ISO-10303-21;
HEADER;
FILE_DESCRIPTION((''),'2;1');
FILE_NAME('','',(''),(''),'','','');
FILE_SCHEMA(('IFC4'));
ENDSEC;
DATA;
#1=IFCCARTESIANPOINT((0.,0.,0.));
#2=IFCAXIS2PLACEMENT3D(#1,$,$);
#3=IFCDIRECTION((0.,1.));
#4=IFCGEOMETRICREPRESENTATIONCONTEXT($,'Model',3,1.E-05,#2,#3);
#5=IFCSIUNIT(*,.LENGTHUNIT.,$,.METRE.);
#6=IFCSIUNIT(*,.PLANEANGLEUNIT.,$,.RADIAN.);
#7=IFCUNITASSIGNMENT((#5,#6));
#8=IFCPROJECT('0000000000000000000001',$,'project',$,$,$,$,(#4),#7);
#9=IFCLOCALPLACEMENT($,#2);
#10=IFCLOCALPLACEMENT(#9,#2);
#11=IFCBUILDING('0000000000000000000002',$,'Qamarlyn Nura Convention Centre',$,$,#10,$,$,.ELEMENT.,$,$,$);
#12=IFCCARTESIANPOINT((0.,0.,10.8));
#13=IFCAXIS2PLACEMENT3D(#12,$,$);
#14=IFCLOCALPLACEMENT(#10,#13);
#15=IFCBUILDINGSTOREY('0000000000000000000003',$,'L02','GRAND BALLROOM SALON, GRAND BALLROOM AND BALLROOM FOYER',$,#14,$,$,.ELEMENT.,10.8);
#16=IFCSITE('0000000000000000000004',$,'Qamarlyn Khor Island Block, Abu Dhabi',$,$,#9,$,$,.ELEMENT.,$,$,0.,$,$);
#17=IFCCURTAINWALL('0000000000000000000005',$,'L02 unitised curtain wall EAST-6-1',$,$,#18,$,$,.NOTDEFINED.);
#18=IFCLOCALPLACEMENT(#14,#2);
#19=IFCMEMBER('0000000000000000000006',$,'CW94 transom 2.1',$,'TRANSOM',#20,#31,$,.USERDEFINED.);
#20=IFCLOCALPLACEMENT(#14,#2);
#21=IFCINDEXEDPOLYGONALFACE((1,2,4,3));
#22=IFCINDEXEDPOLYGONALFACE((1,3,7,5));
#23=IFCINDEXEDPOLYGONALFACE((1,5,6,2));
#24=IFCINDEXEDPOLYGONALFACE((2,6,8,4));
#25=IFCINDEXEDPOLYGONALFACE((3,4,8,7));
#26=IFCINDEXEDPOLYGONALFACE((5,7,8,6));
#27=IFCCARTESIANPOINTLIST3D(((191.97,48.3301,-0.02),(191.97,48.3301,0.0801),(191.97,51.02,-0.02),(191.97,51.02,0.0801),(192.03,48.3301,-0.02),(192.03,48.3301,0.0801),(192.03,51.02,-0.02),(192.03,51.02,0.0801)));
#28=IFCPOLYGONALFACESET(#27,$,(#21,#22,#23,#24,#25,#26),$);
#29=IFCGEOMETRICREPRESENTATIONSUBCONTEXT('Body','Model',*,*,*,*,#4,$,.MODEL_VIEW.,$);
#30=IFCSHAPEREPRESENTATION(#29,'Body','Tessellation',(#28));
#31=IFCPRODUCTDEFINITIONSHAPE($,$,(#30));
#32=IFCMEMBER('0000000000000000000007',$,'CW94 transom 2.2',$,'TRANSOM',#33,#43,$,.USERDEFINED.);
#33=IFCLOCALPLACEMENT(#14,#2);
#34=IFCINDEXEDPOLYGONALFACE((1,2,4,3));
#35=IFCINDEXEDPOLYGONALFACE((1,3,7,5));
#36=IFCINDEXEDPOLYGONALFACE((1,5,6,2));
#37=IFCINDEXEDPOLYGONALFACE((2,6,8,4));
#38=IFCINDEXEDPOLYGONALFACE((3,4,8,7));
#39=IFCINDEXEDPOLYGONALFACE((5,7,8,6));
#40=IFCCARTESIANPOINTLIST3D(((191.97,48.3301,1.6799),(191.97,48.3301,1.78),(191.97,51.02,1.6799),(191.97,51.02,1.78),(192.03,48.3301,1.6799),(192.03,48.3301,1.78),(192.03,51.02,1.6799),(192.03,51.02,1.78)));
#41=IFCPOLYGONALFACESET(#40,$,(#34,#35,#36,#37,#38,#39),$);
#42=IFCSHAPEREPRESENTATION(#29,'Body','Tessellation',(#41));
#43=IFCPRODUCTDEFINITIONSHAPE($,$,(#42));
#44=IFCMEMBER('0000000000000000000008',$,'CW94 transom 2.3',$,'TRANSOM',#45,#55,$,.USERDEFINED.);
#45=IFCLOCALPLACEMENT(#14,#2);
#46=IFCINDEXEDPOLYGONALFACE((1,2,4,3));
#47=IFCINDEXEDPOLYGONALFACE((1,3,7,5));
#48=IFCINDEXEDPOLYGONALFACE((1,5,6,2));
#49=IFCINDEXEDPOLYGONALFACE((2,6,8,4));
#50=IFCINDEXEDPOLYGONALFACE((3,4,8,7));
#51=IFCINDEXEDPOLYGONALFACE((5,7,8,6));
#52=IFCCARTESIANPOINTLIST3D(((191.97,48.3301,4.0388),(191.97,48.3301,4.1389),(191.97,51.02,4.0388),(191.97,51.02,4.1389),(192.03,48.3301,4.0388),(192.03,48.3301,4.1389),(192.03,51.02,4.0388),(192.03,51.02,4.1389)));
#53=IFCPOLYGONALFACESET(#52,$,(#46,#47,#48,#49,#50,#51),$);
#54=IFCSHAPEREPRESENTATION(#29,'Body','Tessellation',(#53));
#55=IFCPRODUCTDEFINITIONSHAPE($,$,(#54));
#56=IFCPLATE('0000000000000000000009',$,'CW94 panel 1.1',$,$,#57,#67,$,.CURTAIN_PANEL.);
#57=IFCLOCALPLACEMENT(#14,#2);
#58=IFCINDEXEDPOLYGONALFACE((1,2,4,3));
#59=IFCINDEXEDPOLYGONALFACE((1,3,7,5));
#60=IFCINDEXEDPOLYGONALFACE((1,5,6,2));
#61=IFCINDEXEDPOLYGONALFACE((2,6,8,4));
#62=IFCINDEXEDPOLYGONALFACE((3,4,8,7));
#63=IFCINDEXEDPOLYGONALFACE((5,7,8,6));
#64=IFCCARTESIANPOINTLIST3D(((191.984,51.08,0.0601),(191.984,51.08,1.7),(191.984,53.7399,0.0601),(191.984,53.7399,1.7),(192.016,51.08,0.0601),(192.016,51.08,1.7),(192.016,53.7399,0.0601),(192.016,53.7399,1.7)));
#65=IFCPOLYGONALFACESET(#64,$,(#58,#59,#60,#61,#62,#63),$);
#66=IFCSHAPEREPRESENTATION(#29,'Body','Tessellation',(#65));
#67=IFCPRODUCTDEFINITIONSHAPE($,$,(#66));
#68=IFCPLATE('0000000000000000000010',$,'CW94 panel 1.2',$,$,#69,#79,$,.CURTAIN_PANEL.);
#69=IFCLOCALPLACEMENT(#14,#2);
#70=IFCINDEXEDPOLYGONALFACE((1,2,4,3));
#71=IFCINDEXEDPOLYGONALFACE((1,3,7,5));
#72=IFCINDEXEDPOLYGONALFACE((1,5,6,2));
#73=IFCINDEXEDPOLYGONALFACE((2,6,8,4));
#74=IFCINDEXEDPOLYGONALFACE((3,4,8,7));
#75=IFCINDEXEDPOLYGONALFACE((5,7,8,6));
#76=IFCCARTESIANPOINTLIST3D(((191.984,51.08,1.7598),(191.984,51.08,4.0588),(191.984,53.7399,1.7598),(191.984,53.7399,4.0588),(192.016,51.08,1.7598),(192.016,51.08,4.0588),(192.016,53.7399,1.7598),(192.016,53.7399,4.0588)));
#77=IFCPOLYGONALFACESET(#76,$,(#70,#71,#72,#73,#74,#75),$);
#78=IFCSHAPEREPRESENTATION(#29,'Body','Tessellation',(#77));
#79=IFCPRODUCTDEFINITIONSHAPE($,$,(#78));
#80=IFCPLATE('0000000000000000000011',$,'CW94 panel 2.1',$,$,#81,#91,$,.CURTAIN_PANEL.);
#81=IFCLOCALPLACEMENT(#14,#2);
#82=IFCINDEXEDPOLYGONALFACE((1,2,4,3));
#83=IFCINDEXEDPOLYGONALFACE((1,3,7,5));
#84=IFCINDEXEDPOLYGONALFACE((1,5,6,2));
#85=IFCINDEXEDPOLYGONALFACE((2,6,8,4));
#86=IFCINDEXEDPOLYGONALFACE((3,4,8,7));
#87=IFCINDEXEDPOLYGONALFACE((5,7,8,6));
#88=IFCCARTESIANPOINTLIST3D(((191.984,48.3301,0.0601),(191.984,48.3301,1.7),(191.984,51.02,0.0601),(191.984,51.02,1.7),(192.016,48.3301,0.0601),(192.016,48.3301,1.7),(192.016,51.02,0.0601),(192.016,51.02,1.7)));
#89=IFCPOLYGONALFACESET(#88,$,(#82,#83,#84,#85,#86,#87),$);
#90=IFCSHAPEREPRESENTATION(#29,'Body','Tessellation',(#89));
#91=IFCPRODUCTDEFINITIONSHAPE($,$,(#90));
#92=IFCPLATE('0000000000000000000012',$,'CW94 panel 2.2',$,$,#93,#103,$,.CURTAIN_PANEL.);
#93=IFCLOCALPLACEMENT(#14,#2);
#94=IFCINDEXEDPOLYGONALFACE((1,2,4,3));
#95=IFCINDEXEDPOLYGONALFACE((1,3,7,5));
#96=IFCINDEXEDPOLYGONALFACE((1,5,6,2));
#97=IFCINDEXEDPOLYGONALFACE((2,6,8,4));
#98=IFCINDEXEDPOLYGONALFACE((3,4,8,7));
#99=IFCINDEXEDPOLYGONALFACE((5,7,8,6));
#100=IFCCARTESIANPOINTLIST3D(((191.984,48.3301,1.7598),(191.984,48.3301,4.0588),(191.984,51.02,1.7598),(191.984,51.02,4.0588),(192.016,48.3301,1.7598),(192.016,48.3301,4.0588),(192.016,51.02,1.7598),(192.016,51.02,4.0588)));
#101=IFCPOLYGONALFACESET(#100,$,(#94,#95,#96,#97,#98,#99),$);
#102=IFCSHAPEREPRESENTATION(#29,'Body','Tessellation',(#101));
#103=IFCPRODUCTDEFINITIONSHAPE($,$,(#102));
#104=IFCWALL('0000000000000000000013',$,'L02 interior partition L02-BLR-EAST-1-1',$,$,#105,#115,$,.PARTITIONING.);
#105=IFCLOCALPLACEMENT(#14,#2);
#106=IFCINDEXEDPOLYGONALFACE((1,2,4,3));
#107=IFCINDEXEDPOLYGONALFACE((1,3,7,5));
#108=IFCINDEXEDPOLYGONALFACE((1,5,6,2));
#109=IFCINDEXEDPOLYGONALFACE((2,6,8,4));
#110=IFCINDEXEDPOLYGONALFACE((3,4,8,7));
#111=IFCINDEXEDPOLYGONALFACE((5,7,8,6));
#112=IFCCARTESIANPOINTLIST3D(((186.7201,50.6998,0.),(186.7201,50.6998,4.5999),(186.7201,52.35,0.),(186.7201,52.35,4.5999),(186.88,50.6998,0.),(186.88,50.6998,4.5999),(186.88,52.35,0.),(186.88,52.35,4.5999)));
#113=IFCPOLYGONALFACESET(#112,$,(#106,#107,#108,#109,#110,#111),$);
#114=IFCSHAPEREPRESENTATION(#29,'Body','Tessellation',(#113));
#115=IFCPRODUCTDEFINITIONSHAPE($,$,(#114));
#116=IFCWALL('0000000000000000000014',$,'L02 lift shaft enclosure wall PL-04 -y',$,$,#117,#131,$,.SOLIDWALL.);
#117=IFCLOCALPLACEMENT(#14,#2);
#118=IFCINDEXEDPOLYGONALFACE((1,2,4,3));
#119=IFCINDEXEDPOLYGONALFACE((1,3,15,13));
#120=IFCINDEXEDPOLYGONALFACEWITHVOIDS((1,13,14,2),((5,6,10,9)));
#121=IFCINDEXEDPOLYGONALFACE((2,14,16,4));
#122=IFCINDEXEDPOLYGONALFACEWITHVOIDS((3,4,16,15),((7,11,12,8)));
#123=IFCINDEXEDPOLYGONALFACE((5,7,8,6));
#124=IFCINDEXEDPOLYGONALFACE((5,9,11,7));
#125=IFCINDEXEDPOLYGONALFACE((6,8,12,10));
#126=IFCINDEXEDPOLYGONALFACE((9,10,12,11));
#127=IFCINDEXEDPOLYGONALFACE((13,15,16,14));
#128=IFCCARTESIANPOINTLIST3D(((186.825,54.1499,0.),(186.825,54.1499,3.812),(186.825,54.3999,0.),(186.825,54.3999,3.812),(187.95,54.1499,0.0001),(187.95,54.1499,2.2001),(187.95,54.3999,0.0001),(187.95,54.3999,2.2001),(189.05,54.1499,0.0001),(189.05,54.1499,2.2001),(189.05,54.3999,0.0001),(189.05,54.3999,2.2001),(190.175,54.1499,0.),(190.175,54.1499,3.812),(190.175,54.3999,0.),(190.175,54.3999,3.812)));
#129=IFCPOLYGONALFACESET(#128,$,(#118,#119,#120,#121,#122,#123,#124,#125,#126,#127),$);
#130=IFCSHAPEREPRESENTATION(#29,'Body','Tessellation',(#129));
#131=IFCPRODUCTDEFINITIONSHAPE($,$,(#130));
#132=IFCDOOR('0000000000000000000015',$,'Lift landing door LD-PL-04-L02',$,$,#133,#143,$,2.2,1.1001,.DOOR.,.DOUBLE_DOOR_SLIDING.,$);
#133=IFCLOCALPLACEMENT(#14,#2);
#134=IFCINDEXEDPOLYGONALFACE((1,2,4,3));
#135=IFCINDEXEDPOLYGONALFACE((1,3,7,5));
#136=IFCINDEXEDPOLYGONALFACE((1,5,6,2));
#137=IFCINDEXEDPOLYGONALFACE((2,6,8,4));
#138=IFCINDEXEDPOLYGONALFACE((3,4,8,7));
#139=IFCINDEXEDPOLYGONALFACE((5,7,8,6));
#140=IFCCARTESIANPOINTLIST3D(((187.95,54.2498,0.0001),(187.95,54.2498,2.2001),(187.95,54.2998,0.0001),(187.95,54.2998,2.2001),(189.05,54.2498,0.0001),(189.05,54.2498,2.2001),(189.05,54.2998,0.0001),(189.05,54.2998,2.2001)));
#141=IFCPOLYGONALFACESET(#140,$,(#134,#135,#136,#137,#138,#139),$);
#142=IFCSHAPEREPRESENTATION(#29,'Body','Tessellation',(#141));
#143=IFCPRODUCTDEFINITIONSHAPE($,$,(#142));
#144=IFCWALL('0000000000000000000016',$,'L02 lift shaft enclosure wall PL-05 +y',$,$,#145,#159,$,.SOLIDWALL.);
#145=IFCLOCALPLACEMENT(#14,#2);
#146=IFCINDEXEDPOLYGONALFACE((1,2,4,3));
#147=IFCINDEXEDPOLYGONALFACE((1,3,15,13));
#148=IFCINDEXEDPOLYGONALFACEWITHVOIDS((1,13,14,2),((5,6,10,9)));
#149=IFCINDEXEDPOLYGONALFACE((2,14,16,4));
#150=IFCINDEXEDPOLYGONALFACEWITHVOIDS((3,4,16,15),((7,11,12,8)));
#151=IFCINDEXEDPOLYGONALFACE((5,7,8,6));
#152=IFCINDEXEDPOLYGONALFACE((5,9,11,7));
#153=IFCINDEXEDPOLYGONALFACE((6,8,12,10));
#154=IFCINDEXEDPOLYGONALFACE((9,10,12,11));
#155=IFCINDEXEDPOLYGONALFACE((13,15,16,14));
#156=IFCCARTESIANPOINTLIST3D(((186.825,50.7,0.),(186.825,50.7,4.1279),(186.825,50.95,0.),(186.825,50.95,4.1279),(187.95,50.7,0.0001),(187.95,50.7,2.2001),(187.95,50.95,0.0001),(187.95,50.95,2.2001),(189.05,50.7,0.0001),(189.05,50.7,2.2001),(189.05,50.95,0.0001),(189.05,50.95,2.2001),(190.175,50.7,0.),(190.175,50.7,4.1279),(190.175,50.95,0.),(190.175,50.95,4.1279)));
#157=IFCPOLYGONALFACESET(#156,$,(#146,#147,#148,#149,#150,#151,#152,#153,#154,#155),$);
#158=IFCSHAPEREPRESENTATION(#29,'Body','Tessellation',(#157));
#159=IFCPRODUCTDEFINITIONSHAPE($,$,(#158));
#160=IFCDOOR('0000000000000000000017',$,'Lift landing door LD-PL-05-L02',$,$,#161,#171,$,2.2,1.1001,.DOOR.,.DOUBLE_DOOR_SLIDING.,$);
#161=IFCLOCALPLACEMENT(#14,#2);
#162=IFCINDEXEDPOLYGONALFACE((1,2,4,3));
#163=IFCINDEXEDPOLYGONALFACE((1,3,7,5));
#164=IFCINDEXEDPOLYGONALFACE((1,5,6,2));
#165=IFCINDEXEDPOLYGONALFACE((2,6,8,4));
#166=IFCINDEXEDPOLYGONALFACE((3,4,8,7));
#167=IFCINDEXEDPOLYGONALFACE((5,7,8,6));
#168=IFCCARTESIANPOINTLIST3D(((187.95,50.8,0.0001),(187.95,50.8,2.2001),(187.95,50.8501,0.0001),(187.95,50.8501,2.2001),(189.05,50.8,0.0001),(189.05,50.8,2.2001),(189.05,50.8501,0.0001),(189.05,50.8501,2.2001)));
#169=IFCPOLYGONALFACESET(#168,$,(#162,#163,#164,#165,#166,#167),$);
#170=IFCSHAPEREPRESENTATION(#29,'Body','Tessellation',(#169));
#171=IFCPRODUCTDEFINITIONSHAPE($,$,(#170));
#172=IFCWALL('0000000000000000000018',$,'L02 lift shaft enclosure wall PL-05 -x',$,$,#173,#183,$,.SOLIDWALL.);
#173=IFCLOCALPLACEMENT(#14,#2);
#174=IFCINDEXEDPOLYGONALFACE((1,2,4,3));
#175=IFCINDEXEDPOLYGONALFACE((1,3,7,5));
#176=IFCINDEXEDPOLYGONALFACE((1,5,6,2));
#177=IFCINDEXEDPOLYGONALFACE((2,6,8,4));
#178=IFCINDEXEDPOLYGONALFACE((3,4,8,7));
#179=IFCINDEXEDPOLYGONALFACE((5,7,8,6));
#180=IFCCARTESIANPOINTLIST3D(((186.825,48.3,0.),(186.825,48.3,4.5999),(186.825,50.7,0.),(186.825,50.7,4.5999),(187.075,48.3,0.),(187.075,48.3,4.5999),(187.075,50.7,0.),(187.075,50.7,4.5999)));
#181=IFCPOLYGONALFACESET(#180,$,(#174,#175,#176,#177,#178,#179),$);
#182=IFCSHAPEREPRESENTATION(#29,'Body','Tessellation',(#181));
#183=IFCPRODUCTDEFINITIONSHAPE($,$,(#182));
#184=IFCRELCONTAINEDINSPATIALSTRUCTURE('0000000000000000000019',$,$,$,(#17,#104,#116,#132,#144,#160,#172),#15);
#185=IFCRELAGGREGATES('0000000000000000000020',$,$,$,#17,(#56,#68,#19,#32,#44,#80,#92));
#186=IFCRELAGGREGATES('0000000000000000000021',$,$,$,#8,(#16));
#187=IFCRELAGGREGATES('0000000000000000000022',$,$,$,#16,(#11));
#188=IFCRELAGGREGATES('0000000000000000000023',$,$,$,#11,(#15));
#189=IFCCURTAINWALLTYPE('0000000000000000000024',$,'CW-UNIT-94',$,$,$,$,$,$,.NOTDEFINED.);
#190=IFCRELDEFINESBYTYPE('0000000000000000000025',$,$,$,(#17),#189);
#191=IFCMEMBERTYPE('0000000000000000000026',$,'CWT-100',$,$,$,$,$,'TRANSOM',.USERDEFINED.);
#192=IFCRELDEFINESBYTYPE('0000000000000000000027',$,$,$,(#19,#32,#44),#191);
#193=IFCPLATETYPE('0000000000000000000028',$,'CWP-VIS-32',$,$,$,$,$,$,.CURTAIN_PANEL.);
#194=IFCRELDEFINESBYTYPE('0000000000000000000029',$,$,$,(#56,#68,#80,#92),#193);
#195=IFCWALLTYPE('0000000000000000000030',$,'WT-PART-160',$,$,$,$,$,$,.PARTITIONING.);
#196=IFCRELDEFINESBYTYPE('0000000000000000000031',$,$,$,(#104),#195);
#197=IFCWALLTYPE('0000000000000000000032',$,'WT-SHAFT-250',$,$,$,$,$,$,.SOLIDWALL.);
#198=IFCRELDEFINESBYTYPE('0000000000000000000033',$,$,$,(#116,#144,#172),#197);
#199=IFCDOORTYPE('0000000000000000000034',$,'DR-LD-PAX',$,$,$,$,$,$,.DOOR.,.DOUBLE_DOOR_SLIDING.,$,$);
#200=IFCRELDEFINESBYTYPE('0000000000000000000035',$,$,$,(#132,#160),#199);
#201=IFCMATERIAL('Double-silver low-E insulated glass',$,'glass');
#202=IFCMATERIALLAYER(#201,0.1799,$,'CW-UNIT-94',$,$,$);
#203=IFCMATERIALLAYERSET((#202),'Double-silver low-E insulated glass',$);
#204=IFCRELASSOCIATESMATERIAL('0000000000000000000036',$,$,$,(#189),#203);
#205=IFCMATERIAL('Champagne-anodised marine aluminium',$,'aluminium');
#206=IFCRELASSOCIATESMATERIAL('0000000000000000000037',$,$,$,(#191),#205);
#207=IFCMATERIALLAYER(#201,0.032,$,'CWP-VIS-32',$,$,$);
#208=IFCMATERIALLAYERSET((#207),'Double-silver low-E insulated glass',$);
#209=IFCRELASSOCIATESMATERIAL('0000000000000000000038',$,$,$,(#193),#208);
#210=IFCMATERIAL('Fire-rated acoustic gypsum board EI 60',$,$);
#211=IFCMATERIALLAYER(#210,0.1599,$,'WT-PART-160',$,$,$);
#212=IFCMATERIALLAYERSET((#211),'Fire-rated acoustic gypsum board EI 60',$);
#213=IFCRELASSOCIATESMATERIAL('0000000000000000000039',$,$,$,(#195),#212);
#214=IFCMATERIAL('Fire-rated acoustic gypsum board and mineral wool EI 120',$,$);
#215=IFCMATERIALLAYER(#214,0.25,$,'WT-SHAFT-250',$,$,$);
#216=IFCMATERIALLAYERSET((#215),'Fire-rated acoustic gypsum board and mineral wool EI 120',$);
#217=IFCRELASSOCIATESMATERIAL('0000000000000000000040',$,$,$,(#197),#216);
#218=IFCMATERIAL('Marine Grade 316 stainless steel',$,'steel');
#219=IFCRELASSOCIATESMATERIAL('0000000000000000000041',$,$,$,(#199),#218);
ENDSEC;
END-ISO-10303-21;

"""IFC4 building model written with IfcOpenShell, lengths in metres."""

from ifc_helpers import new_model, si_unit, direction, frame, frame_2d, origin, origin_2d, place, context, subcontext, project, spatial, rectangle, extrude, material, layer, layer_set, material_profile, profile_set, type_object, element, fill, aggregate, save


model = new_model("IFC4")

# Units and contexts
model_context = context("Model", 3, precision=1e-05, world=origin(), true_north=direction((0.0, 1.0)))
body_context = subcontext(model_context, "Body", "Model", "MODEL_VIEW")
ifc_project = project(units=[si_unit("LENGTHUNIT", "METRE"), si_unit("PLANEANGLEUNIT", "RADIAN")], contexts=[model_context])

# Site, building, storey
site_placement = place(None, origin())
site = spatial("IfcSite", under=ifc_project, at=site_placement, Name="Qamarlyn Khor Island Block, Abu Dhabi", CompositionType="ELEMENT", RefElevation=0.0)
building_placement = place(site_placement, origin())
building = spatial("IfcBuilding", under=site, at=building_placement, Name="Qamarlyn Nura Convention Centre", CompositionType="ELEMENT")
storey_placement = place(building_placement, frame((0.0, 0.0, 10.8)))
storey = spatial("IfcBuildingStorey", under=building, at=storey_placement, Name="L02", Description="GRAND BALLROOM SALON, GRAND BALLROOM AND BALLROOM FOYER", CompositionType="ELEMENT", Elevation=10.8)

# Curtain wall, members, plates
ifc_material_1 = material(Name="Double-silver low-E insulated glass", Category="glass")
ifc_layer_1 = layer(ifc_material_1, 0.1799, Name="CW-UNIT-94")
ifc_layer_set_1 = layer_set([ifc_layer_1], Name="Double-silver low-E insulated glass")
curtain_wall_type = type_object("IfcCurtainWallType", Name="CW-UNIT-94", PredefinedType="NOTDEFINED", material=ifc_layer_set_1)
curtain_wall_placement = place(storey_placement, origin())
curtain_wall = element("IfcCurtainWall", 1, at=curtain_wall_placement, inside=storey, type_object=curtain_wall_type, Name="L02 unitised curtain wall EAST-6-1", PredefinedType="NOTDEFINED")
ifc_material_2 = material(Name="Champagne-anodised marine aluminium", Category="aluminium")
ifc_material_profile_1 = material_profile(ifc_material_2, rectangle(XDim=0.0601, YDim=0.1001, at=origin_2d()), Name="ALU TRANSOM 60x100")
ifc_profile_set_1 = profile_set([ifc_material_profile_1], Name="Champagne-anodised marine aluminium")
member_type_1 = type_object("IfcMemberType", Name="CWT-100", ElementType="TRANSOM", PredefinedType="USERDEFINED", material=ifc_profile_set_1)
member_1_placement = place(storey_placement, frame((192.0, 51.02, 0.03), z_axis=(0.0, -1.0, 0.0), x_axis=(1.0, 0.0, 0.0)))
member_1 = element("IfcMember", 2, at=member_1_placement, type_object=member_type_1, Name="CW94 transom 2.1", ObjectType="TRANSOM", PredefinedType="USERDEFINED", context=body_context, shape_type="SweptSolid", body=[
    extrude(rectangle(XDim=0.0601, YDim=0.1001, at=origin_2d()), origin(), (0.0, 0.0, 1.0), 2.6899),
])
member_2_placement = place(storey_placement, frame((192.0, 51.02, 1.73), z_axis=(0.0, -1.0, 0.0), x_axis=(1.0, 0.0, 0.0)))
member_2 = element("IfcMember", 3, at=member_2_placement, type_object=member_type_1, Name="CW94 transom 2.2", ObjectType="TRANSOM", PredefinedType="USERDEFINED", context=body_context, shape_type="SweptSolid", body=[
    extrude(rectangle(XDim=0.0601, YDim=0.1001, at=origin_2d()), origin(), (0.0, 0.0, 1.0), 2.6899),
])
member_3_placement = place(storey_placement, frame((192.0, 51.02, 4.0889), z_axis=(0.0, -1.0, 0.0), x_axis=(1.0, 0.0, 0.0)))
member_3 = element("IfcMember", 4, at=member_3_placement, type_object=member_type_1, Name="CW94 transom 2.3", ObjectType="TRANSOM", PredefinedType="USERDEFINED", context=body_context, shape_type="SweptSolid", body=[
    extrude(rectangle(XDim=0.0601, YDim=0.1001, at=origin_2d()), origin(), (0.0, 0.0, 1.0), 2.6899),
])
ifc_layer_2 = layer(ifc_material_1, 0.032, Name="CWP-VIS-32")
ifc_layer_set_2 = layer_set([ifc_layer_2], Name="Double-silver low-E insulated glass")
plate_type = type_object("IfcPlateType", Name="CWP-VIS-32", PredefinedType="CURTAIN_PANEL", material=ifc_layer_set_2)
plate_1_placement = place(storey_placement, frame((192.0, 52.4099, 0.0601), z_axis=(0.0, 0.0, 1.0), x_axis=(0.0, -1.0, 0.0)))
plate_1 = element("IfcPlate", 5, at=plate_1_placement, type_object=plate_type, Name="CW94 panel 1.1", PredefinedType="CURTAIN_PANEL", context=body_context, shape_type="SweptSolid", body=[
    extrude(rectangle(XDim=2.6599, YDim=0.032, at=origin_2d()), origin(), (0.0, 0.0, 1.0), 1.6399),
])
plate_2_placement = place(storey_placement, frame((192.0, 52.4099, 1.7598), z_axis=(0.0, 0.0, 1.0), x_axis=(0.0, -1.0, 0.0)))
plate_2 = element("IfcPlate", 6, at=plate_2_placement, type_object=plate_type, Name="CW94 panel 1.2", PredefinedType="CURTAIN_PANEL", context=body_context, shape_type="SweptSolid", body=[
    extrude(rectangle(XDim=2.6599, YDim=0.032, at=origin_2d()), origin(), (0.0, 0.0, 1.0), 2.2991),
])
plate_3_placement = place(storey_placement, frame((192.0, 49.675, 0.0601), z_axis=(0.0, 0.0, 1.0), x_axis=(0.0, -1.0, 0.0)))
plate_3 = element("IfcPlate", 7, at=plate_3_placement, type_object=plate_type, Name="CW94 panel 2.1", PredefinedType="CURTAIN_PANEL", context=body_context, shape_type="SweptSolid", body=[
    extrude(rectangle(XDim=2.6899, YDim=0.032, at=origin_2d()), origin(), (0.0, 0.0, 1.0), 1.6399),
])
plate_4_placement = place(storey_placement, frame((192.0, 49.675, 1.7598), z_axis=(0.0, 0.0, 1.0), x_axis=(0.0, -1.0, 0.0)))
plate_4 = element("IfcPlate", 8, at=plate_4_placement, type_object=plate_type, Name="CW94 panel 2.2", PredefinedType="CURTAIN_PANEL", context=body_context, shape_type="SweptSolid", body=[
    extrude(rectangle(XDim=2.6899, YDim=0.032, at=origin_2d()), origin(), (0.0, 0.0, 1.0), 2.2991),
])
aggregate(curtain_wall, [plate_1, plate_2, member_1, member_2, member_3, plate_3, plate_4])

# Wall
ifc_material_3 = material(Name="Fire-rated acoustic gypsum board EI 60")
ifc_layer_3 = layer(ifc_material_3, 0.1599, Name="WT-PART-160")
ifc_layer_set_3 = layer_set([ifc_layer_3], Name="Fire-rated acoustic gypsum board EI 60")
wall_type_1 = type_object("IfcWallType", Name="WT-PART-160", PredefinedType="PARTITIONING", material=ifc_layer_set_3)
wall_1_placement = place(storey_placement, frame((186.8, 52.3501, 0.0), z_axis=(0.0, 0.0, 1.0), x_axis=(0.0, -1.0, 0.0)))
element("IfcWall", 9, at=wall_1_placement, inside=storey, type_object=wall_type_1, Name="L02 interior partition L02-BLR-EAST-1-1", PredefinedType="PARTITIONING", context=body_context, shape_type="SweptSolid", body=[
    extrude(rectangle(XDim=1.6501, YDim=0.1599, at=frame_2d((0.8252, 0.0))), origin(), (0.0, 0.0, 1.0), 4.5999),
])

# Walls, openings, doors
ifc_material_4 = material(Name="Fire-rated acoustic gypsum board and mineral wool EI 120")
ifc_layer_4 = layer(ifc_material_4, 0.25, Name="WT-SHAFT-250")
ifc_layer_set_4 = layer_set([ifc_layer_4], Name="Fire-rated acoustic gypsum board and mineral wool EI 120")
wall_type_2 = type_object("IfcWallType", Name="WT-SHAFT-250", PredefinedType="SOLIDWALL", material=ifc_layer_set_4)
wall_2_placement = place(storey_placement, frame((186.825, 54.2749, 0.0), z_axis=(0.0, 0.0, 1.0), x_axis=(1.0, 0.0, 0.0)))
wall_2 = element("IfcWall", 10, at=wall_2_placement, inside=storey, type_object=wall_type_2, Name="L02 lift shaft enclosure wall PL-04 -y", PredefinedType="SOLIDWALL", context=body_context, shape_type="SweptSolid", body=[
    extrude(rectangle(XDim=3.3501, YDim=0.25, at=frame_2d((1.675, 0.0))), origin(), (0.0, 0.0, 1.0), 3.812),
])
opening_1_placement = place(wall_2_placement, frame((1.125, 0.0, 0.0)))
opening_1 = element("IfcOpeningElement", 11, at=opening_1_placement, cuts=wall_2, PredefinedType="OPENING", context=body_context, shape_type="SweptSolid", body=[
    extrude(rectangle(XDim=1.1001, YDim=2.2, at=frame_2d((0.55, 1.1001))), frame((0.0, 0.135, 0.0), z_axis=(0.0, -1.0, 0.0), x_axis=(1.0, 0.0, 0.0)), (0.0, 0.0, 1.0), 0.27),
])
ifc_material_5 = material(Name="Marine Grade 316 stainless steel", Category="steel")
door_type = type_object("IfcDoorType", Name="DR-LD-PAX", OperationType="DOUBLE_DOOR_SLIDING", PredefinedType="DOOR", material=ifc_material_5)
door_1_placement = place(opening_1_placement, origin())
door_1 = element("IfcDoor", 12, at=door_1_placement, inside=storey, type_object=door_type, Name="Lift landing door LD-PL-04-L02", OperationType="DOUBLE_DOOR_SLIDING", OverallHeight=2.2, OverallWidth=1.1001, PredefinedType="DOOR", context=body_context, shape_type="SweptSolid", body=[
    extrude(rectangle(XDim=1.1001, YDim=2.2, at=frame_2d((0.55, 1.1001))), frame((0.0, 0.0249, 0.0), z_axis=(0.0, -1.0, 0.0), x_axis=(1.0, 0.0, 0.0)), (0.0, 0.0, 1.0), 0.05),
])
fill(opening_1, door_1)
wall_3_placement = place(storey_placement, frame((190.175, 50.825, 0.0), z_axis=(0.0, 0.0, 1.0), x_axis=(-1.0, 0.0, 0.0)))
wall_3 = element("IfcWall", 13, at=wall_3_placement, inside=storey, type_object=wall_type_2, Name="L02 lift shaft enclosure wall PL-05 +y", PredefinedType="SOLIDWALL", context=body_context, shape_type="SweptSolid", body=[
    extrude(rectangle(XDim=3.3501, YDim=0.25, at=frame_2d((1.675, 0.0))), origin(), (0.0, 0.0, 1.0), 4.1279),
])
opening_2_placement = place(wall_3_placement, frame((1.125, 0.0, 0.0)))
opening_2 = element("IfcOpeningElement", 14, at=opening_2_placement, cuts=wall_3, PredefinedType="OPENING", context=body_context, shape_type="SweptSolid", body=[
    extrude(rectangle(XDim=1.1001, YDim=2.2, at=frame_2d((0.55, 1.1001))), frame((0.0, 0.135, 0.0), z_axis=(0.0, -1.0, 0.0), x_axis=(1.0, 0.0, 0.0)), (0.0, 0.0, 1.0), 0.27),
])
door_2_placement = place(opening_2_placement, origin())
door_2 = element("IfcDoor", 15, at=door_2_placement, inside=storey, type_object=door_type, Name="Lift landing door LD-PL-05-L02", OperationType="DOUBLE_DOOR_SLIDING", OverallHeight=2.2, OverallWidth=1.1001, PredefinedType="DOOR", context=body_context, shape_type="SweptSolid", body=[
    extrude(rectangle(XDim=1.1001, YDim=2.2, at=frame_2d((0.55, 1.1001))), frame((0.0, 0.0249, 0.0), z_axis=(0.0, -1.0, 0.0), x_axis=(1.0, 0.0, 0.0)), (0.0, 0.0, 1.0), 0.05),
])
fill(opening_2, door_2)

# Wall
wall_4_placement = place(storey_placement, frame((186.95, 50.7, 0.0), z_axis=(0.0, 0.0, 1.0), x_axis=(0.0, -1.0, 0.0)))
element("IfcWall", 16, at=wall_4_placement, inside=storey, type_object=wall_type_2, Name="L02 lift shaft enclosure wall PL-05 -x", PredefinedType="SOLIDWALL", context=body_context, shape_type="SweptSolid", body=[
    extrude(rectangle(XDim=2.3999, YDim=0.25, at=frame_2d((1.2, 0.0))), origin(), (0.0, 0.0, 1.0), 4.5999),
])

save(model, "model.ifc")
